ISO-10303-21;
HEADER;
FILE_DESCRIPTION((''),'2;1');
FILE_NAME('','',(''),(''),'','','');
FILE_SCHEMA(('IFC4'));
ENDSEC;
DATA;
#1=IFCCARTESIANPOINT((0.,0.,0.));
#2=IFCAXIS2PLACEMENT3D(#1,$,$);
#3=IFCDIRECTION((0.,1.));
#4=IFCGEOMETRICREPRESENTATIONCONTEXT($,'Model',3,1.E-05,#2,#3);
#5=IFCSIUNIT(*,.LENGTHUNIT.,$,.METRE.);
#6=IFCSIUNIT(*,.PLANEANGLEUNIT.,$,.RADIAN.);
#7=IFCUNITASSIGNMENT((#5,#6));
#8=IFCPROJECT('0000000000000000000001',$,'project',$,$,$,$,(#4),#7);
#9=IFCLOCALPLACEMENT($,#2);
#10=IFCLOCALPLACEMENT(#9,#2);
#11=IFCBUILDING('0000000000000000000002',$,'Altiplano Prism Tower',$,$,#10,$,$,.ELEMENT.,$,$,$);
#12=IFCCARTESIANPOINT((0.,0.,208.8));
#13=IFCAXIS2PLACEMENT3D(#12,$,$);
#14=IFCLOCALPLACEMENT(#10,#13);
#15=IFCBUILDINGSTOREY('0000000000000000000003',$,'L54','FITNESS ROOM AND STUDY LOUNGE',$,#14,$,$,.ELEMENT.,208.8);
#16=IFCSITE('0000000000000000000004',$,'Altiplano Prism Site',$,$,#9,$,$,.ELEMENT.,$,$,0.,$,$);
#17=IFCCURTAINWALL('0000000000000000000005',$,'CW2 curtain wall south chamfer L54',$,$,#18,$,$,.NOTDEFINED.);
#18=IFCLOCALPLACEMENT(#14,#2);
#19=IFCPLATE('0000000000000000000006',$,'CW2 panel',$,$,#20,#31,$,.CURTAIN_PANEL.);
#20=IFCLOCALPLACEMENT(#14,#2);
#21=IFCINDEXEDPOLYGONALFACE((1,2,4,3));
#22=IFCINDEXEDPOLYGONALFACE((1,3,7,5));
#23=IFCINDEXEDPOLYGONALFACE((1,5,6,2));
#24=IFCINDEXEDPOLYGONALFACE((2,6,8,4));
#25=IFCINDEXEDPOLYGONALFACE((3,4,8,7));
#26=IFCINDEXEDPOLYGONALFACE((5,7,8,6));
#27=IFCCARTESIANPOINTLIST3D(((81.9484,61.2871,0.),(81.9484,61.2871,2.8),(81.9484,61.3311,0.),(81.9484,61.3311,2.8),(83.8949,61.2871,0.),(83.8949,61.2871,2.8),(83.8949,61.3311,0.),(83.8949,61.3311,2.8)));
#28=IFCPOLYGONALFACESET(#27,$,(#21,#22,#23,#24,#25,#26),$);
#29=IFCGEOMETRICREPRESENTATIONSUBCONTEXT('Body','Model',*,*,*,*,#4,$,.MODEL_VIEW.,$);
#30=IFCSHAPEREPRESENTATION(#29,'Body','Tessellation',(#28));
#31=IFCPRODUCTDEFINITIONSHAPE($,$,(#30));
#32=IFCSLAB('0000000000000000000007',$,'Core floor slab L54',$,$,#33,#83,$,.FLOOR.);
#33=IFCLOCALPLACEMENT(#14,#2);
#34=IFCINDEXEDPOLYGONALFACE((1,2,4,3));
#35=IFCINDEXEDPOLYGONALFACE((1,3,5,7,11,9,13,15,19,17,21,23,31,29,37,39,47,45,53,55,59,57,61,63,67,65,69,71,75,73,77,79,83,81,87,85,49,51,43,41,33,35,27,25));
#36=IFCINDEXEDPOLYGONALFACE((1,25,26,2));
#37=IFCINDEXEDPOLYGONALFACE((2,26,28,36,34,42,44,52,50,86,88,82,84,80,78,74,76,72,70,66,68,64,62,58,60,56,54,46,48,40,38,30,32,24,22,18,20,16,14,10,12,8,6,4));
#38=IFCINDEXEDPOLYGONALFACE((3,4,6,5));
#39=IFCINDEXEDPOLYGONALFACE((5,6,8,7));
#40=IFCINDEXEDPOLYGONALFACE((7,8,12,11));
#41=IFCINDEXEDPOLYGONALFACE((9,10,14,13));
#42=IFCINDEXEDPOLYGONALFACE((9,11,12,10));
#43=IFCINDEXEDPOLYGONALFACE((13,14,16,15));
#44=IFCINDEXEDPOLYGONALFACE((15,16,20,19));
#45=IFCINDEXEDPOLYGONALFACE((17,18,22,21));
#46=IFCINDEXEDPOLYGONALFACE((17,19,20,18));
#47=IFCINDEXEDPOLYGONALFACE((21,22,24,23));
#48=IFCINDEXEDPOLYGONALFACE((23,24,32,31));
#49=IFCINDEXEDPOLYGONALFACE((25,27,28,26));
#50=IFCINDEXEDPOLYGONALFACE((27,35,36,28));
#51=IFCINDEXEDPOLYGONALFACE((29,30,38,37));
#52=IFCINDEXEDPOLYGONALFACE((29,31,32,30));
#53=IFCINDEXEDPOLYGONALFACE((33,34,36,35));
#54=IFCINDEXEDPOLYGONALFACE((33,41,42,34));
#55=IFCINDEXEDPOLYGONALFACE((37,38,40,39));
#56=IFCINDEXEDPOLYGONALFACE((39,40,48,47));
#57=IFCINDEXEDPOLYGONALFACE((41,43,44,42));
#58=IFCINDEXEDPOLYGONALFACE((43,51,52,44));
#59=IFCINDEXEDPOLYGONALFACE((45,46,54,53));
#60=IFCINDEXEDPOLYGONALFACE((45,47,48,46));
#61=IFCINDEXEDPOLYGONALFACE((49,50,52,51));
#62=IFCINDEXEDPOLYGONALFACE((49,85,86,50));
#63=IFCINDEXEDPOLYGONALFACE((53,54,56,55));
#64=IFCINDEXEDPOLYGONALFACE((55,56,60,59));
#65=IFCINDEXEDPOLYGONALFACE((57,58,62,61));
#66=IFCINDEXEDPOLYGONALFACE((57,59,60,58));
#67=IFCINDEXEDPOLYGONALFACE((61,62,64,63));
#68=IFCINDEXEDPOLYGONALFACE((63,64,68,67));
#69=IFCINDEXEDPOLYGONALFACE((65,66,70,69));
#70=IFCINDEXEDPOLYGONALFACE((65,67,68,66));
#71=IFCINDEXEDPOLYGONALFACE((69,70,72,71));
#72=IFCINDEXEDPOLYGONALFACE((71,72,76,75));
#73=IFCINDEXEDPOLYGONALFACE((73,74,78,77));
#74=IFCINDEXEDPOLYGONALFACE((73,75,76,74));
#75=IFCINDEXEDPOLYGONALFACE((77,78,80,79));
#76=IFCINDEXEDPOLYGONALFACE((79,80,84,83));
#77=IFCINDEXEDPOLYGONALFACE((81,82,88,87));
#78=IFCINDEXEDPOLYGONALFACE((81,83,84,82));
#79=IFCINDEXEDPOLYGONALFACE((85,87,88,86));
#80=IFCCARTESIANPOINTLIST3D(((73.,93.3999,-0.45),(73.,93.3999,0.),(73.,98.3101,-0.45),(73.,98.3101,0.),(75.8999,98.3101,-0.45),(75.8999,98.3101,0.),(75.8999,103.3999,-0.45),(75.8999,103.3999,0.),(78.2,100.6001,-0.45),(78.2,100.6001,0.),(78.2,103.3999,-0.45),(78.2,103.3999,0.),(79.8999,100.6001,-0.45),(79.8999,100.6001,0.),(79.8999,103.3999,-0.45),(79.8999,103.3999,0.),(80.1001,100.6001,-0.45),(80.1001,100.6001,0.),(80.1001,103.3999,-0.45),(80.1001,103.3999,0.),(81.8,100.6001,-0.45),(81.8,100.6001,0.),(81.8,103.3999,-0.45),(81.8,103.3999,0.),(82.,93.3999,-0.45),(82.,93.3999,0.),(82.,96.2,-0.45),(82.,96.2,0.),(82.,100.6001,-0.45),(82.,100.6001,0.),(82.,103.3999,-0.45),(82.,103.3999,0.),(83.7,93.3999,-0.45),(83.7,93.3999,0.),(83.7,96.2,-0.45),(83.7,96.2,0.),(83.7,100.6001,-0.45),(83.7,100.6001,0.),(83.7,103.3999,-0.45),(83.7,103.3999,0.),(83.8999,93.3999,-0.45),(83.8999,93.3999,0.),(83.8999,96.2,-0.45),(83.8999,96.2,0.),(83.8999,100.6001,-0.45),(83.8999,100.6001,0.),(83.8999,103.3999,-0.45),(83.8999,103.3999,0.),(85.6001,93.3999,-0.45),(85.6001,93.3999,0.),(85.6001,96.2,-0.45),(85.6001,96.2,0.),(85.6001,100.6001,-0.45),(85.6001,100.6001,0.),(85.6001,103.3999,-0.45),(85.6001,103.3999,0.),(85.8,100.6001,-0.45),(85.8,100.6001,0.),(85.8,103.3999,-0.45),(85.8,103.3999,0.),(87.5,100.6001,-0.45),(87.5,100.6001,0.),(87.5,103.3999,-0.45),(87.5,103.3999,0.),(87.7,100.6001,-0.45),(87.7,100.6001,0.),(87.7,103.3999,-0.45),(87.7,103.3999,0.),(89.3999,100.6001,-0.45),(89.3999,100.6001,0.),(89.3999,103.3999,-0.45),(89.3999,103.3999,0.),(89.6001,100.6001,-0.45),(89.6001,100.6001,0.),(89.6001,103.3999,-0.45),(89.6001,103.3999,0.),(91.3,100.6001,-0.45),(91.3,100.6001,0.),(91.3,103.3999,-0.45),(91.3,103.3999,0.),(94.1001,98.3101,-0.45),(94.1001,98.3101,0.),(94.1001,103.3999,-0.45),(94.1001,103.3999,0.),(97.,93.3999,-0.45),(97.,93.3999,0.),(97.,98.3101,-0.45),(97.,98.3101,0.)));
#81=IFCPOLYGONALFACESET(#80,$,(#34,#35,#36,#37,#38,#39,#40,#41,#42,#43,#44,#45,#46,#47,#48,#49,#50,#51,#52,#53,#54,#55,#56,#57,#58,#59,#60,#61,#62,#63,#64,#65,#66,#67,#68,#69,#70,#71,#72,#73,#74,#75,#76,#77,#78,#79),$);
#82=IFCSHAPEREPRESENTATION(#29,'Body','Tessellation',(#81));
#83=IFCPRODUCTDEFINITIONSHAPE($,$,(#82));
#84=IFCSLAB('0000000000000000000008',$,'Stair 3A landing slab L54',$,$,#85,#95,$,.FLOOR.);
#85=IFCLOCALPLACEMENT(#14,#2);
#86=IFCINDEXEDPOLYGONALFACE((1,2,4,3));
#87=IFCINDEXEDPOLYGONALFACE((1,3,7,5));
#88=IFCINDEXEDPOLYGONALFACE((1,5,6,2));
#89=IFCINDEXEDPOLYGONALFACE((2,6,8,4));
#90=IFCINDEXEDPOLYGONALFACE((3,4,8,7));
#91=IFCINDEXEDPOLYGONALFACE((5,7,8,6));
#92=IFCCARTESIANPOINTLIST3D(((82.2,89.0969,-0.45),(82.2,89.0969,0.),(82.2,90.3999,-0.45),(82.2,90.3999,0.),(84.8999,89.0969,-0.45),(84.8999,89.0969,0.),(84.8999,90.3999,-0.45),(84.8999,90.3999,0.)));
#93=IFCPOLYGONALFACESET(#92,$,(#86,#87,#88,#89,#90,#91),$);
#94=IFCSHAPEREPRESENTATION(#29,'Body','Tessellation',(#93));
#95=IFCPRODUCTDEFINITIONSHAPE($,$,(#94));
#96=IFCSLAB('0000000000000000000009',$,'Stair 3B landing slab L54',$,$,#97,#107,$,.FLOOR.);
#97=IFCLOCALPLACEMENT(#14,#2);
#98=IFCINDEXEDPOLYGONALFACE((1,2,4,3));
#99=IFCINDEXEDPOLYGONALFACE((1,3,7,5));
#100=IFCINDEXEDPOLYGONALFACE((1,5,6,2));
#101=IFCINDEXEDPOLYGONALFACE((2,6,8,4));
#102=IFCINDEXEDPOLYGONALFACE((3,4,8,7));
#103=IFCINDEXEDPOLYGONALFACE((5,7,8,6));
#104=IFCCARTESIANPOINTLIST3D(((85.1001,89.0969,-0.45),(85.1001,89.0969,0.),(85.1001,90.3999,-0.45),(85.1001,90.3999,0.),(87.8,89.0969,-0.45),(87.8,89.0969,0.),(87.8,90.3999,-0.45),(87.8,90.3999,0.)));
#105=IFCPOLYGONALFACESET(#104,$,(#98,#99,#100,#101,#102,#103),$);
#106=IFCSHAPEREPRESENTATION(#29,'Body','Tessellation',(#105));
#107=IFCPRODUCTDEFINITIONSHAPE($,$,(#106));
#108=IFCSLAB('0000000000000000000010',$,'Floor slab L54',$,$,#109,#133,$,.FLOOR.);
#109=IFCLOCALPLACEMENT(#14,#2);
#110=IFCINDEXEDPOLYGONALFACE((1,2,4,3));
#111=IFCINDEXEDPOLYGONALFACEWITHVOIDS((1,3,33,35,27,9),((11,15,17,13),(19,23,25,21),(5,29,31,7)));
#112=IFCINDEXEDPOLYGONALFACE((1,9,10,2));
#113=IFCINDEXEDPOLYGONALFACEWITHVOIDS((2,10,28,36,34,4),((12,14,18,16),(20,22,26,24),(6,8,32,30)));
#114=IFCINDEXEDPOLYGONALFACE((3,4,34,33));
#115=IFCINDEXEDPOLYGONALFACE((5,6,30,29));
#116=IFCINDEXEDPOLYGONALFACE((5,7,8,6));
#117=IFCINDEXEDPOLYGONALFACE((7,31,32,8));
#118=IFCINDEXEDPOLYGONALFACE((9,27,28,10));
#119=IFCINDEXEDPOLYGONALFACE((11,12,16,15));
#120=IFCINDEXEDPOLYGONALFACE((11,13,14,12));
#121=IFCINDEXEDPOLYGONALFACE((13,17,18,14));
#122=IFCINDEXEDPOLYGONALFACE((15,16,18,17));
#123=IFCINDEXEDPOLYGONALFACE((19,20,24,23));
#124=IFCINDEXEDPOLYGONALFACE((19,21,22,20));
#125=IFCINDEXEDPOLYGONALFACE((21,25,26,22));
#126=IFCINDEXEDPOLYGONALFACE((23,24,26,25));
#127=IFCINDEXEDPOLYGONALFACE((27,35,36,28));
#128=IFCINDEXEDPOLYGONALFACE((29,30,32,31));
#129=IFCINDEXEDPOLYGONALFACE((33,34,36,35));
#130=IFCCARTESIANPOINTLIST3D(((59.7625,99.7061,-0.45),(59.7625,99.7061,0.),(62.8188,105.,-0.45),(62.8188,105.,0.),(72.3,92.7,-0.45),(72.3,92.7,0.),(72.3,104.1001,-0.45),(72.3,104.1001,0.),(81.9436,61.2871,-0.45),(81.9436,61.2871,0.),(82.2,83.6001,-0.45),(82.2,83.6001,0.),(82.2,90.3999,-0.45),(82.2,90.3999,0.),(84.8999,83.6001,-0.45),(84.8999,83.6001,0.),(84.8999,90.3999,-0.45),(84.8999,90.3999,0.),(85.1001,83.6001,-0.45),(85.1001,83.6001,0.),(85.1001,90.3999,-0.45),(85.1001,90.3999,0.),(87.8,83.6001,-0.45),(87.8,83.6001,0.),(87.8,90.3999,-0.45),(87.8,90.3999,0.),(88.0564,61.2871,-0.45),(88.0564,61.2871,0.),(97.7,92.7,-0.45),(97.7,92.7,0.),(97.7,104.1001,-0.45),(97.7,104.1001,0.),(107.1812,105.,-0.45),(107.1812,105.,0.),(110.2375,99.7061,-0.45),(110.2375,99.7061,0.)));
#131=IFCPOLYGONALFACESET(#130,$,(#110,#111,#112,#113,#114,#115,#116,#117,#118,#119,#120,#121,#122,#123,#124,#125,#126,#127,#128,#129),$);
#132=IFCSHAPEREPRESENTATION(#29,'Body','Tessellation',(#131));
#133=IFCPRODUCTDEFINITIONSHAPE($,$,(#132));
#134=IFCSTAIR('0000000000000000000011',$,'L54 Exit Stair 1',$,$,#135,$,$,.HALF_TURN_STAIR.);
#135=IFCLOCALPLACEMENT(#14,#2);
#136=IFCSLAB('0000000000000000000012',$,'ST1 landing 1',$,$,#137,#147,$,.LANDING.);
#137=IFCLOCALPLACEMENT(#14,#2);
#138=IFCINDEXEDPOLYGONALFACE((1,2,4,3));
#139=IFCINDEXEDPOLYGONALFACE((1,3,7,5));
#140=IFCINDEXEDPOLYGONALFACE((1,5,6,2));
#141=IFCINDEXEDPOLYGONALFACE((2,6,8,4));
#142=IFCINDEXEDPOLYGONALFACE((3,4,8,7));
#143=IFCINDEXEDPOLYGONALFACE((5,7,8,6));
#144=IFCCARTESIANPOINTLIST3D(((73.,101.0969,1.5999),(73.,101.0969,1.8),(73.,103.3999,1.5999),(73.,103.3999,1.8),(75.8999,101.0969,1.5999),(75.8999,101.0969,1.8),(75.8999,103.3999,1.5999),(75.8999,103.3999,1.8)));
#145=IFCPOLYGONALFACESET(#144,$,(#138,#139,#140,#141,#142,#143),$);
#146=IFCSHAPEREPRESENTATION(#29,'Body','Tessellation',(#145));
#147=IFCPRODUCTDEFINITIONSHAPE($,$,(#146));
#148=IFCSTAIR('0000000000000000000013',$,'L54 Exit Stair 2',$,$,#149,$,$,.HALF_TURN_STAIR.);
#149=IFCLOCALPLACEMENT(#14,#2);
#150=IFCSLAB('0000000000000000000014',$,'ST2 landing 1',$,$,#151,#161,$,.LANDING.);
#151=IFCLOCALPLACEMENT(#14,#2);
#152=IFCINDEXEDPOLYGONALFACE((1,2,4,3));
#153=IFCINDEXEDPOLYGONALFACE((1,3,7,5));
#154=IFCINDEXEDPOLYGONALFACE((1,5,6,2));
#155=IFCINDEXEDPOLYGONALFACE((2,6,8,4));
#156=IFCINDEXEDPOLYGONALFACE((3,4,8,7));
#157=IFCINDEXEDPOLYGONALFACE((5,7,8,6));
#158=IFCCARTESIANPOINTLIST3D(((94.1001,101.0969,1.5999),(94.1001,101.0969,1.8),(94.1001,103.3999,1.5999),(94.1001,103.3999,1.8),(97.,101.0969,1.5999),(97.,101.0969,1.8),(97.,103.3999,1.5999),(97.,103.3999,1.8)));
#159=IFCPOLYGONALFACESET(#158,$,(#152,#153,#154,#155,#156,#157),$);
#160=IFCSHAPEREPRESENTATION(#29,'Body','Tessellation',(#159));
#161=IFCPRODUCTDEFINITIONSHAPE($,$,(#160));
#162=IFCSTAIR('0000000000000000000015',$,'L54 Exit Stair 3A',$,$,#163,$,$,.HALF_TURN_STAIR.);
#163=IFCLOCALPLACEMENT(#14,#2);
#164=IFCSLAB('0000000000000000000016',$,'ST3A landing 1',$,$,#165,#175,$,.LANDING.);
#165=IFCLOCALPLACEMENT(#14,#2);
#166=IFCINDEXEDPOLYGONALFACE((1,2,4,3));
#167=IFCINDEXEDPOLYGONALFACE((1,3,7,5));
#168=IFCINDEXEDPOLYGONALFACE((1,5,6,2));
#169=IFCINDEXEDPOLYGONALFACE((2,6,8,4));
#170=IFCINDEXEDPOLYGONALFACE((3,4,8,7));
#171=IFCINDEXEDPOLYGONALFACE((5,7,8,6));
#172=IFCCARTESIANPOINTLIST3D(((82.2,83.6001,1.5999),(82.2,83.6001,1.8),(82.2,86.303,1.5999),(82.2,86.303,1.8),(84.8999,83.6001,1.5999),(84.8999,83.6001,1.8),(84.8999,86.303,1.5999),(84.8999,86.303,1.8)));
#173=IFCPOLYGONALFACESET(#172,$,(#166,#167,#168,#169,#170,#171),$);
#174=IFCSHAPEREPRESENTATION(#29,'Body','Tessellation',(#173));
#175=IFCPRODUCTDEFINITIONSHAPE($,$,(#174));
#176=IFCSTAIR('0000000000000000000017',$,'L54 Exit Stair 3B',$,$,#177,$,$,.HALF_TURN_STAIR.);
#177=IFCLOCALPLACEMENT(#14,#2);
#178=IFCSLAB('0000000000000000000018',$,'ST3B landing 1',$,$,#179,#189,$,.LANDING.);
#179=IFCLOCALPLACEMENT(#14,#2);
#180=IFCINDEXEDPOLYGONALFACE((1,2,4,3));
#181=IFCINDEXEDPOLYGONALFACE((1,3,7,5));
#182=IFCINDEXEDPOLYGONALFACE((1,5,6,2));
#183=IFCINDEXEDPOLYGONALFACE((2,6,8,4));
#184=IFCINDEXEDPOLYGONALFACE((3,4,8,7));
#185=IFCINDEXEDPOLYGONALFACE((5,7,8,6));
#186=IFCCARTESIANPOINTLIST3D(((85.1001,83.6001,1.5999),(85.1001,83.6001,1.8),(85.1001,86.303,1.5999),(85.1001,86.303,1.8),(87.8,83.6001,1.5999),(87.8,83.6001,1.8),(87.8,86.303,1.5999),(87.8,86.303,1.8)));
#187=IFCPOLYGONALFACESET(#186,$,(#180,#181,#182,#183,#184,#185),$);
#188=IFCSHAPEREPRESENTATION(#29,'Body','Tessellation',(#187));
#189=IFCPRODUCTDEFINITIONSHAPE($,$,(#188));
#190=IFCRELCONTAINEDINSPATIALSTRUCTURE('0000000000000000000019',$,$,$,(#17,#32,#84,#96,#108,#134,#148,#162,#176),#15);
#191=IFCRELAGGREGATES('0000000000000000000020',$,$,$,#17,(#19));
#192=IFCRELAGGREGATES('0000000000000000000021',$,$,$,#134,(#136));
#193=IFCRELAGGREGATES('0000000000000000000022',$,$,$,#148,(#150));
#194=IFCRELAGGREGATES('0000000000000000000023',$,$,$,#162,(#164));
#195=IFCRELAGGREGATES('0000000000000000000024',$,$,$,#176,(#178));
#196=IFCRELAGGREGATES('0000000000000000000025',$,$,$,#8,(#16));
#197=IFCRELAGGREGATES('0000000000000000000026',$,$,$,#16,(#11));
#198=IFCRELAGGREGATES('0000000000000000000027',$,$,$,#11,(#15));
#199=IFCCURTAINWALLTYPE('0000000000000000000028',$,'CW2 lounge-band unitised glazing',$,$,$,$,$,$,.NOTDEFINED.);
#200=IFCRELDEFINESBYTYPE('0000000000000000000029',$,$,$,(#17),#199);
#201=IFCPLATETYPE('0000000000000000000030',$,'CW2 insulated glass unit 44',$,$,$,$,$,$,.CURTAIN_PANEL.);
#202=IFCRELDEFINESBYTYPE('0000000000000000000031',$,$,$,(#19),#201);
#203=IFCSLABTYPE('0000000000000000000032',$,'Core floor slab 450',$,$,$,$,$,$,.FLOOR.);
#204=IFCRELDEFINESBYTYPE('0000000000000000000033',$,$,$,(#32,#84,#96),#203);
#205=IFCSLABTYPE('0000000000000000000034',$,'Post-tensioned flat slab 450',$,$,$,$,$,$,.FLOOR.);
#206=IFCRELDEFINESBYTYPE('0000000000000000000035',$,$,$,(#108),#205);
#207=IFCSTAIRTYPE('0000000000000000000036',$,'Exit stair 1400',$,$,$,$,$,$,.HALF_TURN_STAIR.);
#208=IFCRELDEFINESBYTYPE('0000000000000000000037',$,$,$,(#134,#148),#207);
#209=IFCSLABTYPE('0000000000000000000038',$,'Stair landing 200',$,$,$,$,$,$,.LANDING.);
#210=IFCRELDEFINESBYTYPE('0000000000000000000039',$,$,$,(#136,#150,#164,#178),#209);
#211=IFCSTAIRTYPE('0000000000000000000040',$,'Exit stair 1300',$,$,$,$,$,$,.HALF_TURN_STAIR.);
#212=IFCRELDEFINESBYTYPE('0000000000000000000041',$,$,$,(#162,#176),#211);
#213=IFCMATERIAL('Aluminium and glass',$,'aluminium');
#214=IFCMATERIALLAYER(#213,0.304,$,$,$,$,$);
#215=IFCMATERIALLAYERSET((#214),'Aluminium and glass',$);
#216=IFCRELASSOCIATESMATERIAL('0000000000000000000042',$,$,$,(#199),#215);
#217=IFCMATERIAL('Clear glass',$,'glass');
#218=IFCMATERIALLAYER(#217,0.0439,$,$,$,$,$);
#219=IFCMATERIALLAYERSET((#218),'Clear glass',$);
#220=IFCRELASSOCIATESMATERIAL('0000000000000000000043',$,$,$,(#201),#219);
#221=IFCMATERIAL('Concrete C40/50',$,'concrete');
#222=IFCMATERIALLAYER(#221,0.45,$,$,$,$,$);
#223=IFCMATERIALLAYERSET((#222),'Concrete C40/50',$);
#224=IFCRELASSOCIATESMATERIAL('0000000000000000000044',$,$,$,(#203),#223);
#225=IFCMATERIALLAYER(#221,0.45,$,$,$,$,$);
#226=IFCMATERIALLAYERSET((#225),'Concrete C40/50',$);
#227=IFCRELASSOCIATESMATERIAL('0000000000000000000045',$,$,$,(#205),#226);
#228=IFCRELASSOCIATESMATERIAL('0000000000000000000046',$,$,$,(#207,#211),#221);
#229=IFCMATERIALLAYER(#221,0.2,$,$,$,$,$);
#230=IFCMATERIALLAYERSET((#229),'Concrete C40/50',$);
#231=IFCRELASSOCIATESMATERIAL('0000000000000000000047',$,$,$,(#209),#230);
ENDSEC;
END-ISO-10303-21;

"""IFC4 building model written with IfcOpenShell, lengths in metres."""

from ifc_helpers import new_model, si_unit, direction, frame, origin, origin_2d, place, context, subcontext, project, spatial, polyline, rectangle, outline, extrude, material, layer, layer_set, type_object, element, aggregate, save


model = new_model("IFC4")

# Units and contexts
model_context = context("Model", 3, precision=1e-05, world=origin(), true_north=direction((0.0, 1.0)))
body_context = subcontext(model_context, "Body", "Model", "MODEL_VIEW")
ifc_project = project(units=[si_unit("LENGTHUNIT", "METRE"), si_unit("PLANEANGLEUNIT", "RADIAN")], contexts=[model_context])

# Site, building, storey
site_placement = place(None, origin())
site = spatial("IfcSite", under=ifc_project, at=site_placement, Name="Altiplano Prism Site", CompositionType="ELEMENT", RefElevation=0.0)
building_placement = place(site_placement, origin())
building = spatial("IfcBuilding", under=site, at=building_placement, Name="Altiplano Prism Tower", CompositionType="ELEMENT")
storey_placement = place(building_placement, frame((0.0, 0.0, 208.8)))
storey = spatial("IfcBuildingStorey", under=building, at=storey_placement, Name="L54", Description="FITNESS ROOM AND STUDY LOUNGE", CompositionType="ELEMENT", Elevation=208.8)

# Shared definitions
ifc_material_1 = material(Name="Aluminium and glass", Category="aluminium")
ifc_layer_1 = layer(ifc_material_1, 0.304)
ifc_layer_set_1 = layer_set([ifc_layer_1], Name="Aluminium and glass")
curtain_wall_type = type_object("IfcCurtainWallType", Name="CW2 lounge-band unitised glazing", PredefinedType="NOTDEFINED", material=ifc_layer_set_1)

# Curtain wall
curtain_wall_1_placement = place(storey_placement, origin())
curtain_wall_1 = element("IfcCurtainWall", 1, at=curtain_wall_1_placement, inside=storey, type_object=curtain_wall_type, Name="CW2 curtain wall south chamfer L54", PredefinedType="NOTDEFINED")

# Plate
ifc_material_2 = material(Name="Clear glass", Category="glass")
ifc_layer_2 = layer(ifc_material_2, 0.0439)
ifc_layer_set_2 = layer_set([ifc_layer_2], Name="Clear glass")
plate_type = type_object("IfcPlateType", Name="CW2 insulated glass unit 44", PredefinedType="CURTAIN_PANEL", material=ifc_layer_set_2)
plate_1_placement = place(storey_placement, frame((82.9216, 61.3091, 0.0), z_axis=(0.0, 0.0, 1.0), x_axis=(1.0, 0.0, 0.0)))
plate_1 = element("IfcPlate", 2, at=plate_1_placement, type_object=plate_type, Name="CW2 panel", PredefinedType="CURTAIN_PANEL", context=body_context, shape_type="SweptSolid", body=[
    extrude(rectangle(XDim=1.9465, YDim=0.0439, at=origin_2d()), origin(), (0.0, 0.0, 1.0), 2.8),
])
aggregate(curtain_wall_1, [plate_1])

# Slabs
ifc_material_3 = material(Name="Concrete C40/50", Category="concrete")
ifc_layer_3 = layer(ifc_material_3, 0.45)
ifc_layer_set_3 = layer_set([ifc_layer_3], Name="Concrete C40/50")
slab_type_1 = type_object("IfcSlabType", Name="Core floor slab 450", PredefinedType="FLOOR", material=ifc_layer_set_3)
slab_1_placement = place(storey_placement, frame((0.0, 0.0, -0.45)))
element("IfcSlab", 3, at=slab_1_placement, inside=storey, type_object=slab_type_1, Name="Core floor slab L54", PredefinedType="FLOOR", context=body_context, shape_type="SweptSolid", body=[
    extrude(outline(polyline([(97.0, 98.3101), (94.1001, 98.3101), (94.1001, 103.3999), (91.3, 103.3999), (91.3, 100.6001), (89.6001, 100.6001), (89.6001, 103.3999), (89.3999, 103.3999), (89.3999, 100.6001), (87.7, 100.6001), (87.7, 103.3999), (87.5, 103.3999), (87.5, 100.6001), (85.8, 100.6001), (85.8, 103.3999), (85.6001, 103.3999), (85.6001, 100.6001), (83.8999, 100.6001), (83.8999, 103.3999), (83.7, 103.3999), (83.7, 100.6001), (82.0, 100.6001), (82.0, 103.3999), (81.8, 103.3999), (81.8, 100.6001), (80.1001, 100.6001), (80.1001, 103.3999), (79.8999, 103.3999), (79.8999, 100.6001), (78.2, 100.6001), (78.2, 103.3999), (75.8999, 103.3999), (75.8999, 98.3101), (73.0, 98.3101), (73.0, 93.3999), (82.0, 93.3999), (82.0, 96.2), (83.7, 96.2), (83.7, 93.3999), (83.8999, 93.3999), (83.8999, 96.2), (85.6001, 96.2), (85.6001, 93.3999), (97.0, 93.3999), (97.0, 98.3101)])), origin(), (0.0, 0.0, 1.0), 0.45),
])
slab_2_placement = place(storey_placement, frame((0.0, 0.0, -0.45)))
element("IfcSlab", 4, at=slab_2_placement, inside=storey, type_object=slab_type_1, Name="Stair 3A landing slab L54", PredefinedType="FLOOR", context=body_context, shape_type="SweptSolid", body=[
    extrude(outline(polyline([(82.2, 89.0969), (84.8999, 89.0969), (84.8999, 90.3999), (82.2, 90.3999), (82.2, 89.0969)])), origin(), (0.0, 0.0, 1.0), 0.45),
])
slab_3_placement = place(storey_placement, frame((0.0, 0.0, -0.45)))
element("IfcSlab", 5, at=slab_3_placement, inside=storey, type_object=slab_type_1, Name="Stair 3B landing slab L54", PredefinedType="FLOOR", context=body_context, shape_type="SweptSolid", body=[
    extrude(outline(polyline([(85.1001, 89.0969), (87.8, 89.0969), (87.8, 90.3999), (85.1001, 90.3999), (85.1001, 89.0969)])), origin(), (0.0, 0.0, 1.0), 0.45),
])
ifc_layer_4 = layer(ifc_material_3, 0.45)
ifc_layer_set_4 = layer_set([ifc_layer_4], Name="Concrete C40/50")
slab_type_2 = type_object("IfcSlabType", Name="Post-tensioned flat slab 450", PredefinedType="FLOOR", material=ifc_layer_set_4)
slab_4_placement = place(storey_placement, frame((0.0, 0.0, -0.45)))
element("IfcSlab", 6, at=slab_4_placement, inside=storey, type_object=slab_type_2, Name="Floor slab L54", PredefinedType="FLOOR", context=body_context, shape_type="SweptSolid", body=[
    extrude(outline(polyline([(81.9436, 61.2871), (59.7625, 99.7061), (62.8188, 105.0), (107.1812, 105.0), (110.2375, 99.7061), (88.0564, 61.2871), (81.9436, 61.2871)]), holes=[polyline([(72.3, 104.1001), (72.3, 92.7), (97.7, 92.7), (97.7, 104.1001), (72.3, 104.1001)]), polyline([(84.8999, 90.3999), (82.2, 90.3999), (82.2, 83.6001), (84.8999, 83.6001), (84.8999, 90.3999)]), polyline([(87.8, 83.6001), (87.8, 90.3999), (85.1001, 90.3999), (85.1001, 83.6001), (87.8, 83.6001)])]), origin(), (0.0, 0.0, 1.0), 0.45),
])

# Stairs, slabs
stair_type_1 = type_object("IfcStairType", Name="Exit stair 1400", PredefinedType="HALF_TURN_STAIR", material=ifc_material_3)
stair_1_placement = place(storey_placement, origin())
stair_1 = element("IfcStair", 7, at=stair_1_placement, inside=storey, type_object=stair_type_1, Name="L54 Exit Stair 1", PredefinedType="HALF_TURN_STAIR")
ifc_layer_5 = layer(ifc_material_3, 0.2)
ifc_layer_set_5 = layer_set([ifc_layer_5], Name="Concrete C40/50")
slab_type_3 = type_object("IfcSlabType", Name="Stair landing 200", PredefinedType="LANDING", material=ifc_layer_set_5)
slab_5_placement = place(storey_placement, frame((0.0, 0.0, 1.5999)))
slab_5 = element("IfcSlab", 8, at=slab_5_placement, type_object=slab_type_3, Name="ST1 landing 1", PredefinedType="LANDING", context=body_context, shape_type="SweptSolid", body=[
    extrude(outline(polyline([(75.8999, 101.0969), (75.8999, 103.3999), (73.0, 103.3999), (73.0, 101.0969), (75.8999, 101.0969)])), origin(), (0.0, 0.0, 1.0), 0.2002),
])
aggregate(stair_1, [slab_5])
stair_2_placement = place(storey_placement, origin())
stair_2 = element("IfcStair", 9, at=stair_2_placement, inside=storey, type_object=stair_type_1, Name="L54 Exit Stair 2", PredefinedType="HALF_TURN_STAIR")
slab_6_placement = place(storey_placement, frame((0.0, 0.0, 1.5999)))
slab_6 = element("IfcSlab", 10, at=slab_6_placement, type_object=slab_type_3, Name="ST2 landing 1", PredefinedType="LANDING", context=body_context, shape_type="SweptSolid", body=[
    extrude(outline(polyline([(97.0, 101.0969), (97.0, 103.3999), (94.1001, 103.3999), (94.1001, 101.0969), (97.0, 101.0969)])), origin(), (0.0, 0.0, 1.0), 0.2002),
])
aggregate(stair_2, [slab_6])
stair_type_2 = type_object("IfcStairType", Name="Exit stair 1300", PredefinedType="HALF_TURN_STAIR", material=ifc_material_3)
stair_3_placement = place(storey_placement, origin())
stair_3 = element("IfcStair", 11, at=stair_3_placement, inside=storey, type_object=stair_type_2, Name="L54 Exit Stair 3A", PredefinedType="HALF_TURN_STAIR")
slab_7_placement = place(storey_placement, frame((0.0, 0.0, 1.5999)))
slab_7 = element("IfcSlab", 12, at=slab_7_placement, type_object=slab_type_3, Name="ST3A landing 1", PredefinedType="LANDING", context=body_context, shape_type="SweptSolid", body=[
    extrude(outline(polyline([(82.2, 86.303), (82.2, 83.6001), (84.8999, 83.6001), (84.8999, 86.303), (82.2, 86.303)])), origin(), (0.0, 0.0, 1.0), 0.2002),
])
aggregate(stair_3, [slab_7])
stair_4_placement = place(storey_placement, origin())
stair_4 = element("IfcStair", 13, at=stair_4_placement, inside=storey, type_object=stair_type_2, Name="L54 Exit Stair 3B", PredefinedType="HALF_TURN_STAIR")
slab_8_placement = place(storey_placement, frame((0.0, 0.0, 1.5999)))
slab_8 = element("IfcSlab", 14, at=slab_8_placement, type_object=slab_type_3, Name="ST3B landing 1", PredefinedType="LANDING", context=body_context, shape_type="SweptSolid", body=[
    extrude(outline(polyline([(85.1001, 86.303), (85.1001, 83.6001), (87.8, 83.6001), (87.8, 86.303), (85.1001, 86.303)])), origin(), (0.0, 0.0, 1.0), 0.2002),
])
aggregate(stair_4, [slab_8])

save(model, "model.ifc")
